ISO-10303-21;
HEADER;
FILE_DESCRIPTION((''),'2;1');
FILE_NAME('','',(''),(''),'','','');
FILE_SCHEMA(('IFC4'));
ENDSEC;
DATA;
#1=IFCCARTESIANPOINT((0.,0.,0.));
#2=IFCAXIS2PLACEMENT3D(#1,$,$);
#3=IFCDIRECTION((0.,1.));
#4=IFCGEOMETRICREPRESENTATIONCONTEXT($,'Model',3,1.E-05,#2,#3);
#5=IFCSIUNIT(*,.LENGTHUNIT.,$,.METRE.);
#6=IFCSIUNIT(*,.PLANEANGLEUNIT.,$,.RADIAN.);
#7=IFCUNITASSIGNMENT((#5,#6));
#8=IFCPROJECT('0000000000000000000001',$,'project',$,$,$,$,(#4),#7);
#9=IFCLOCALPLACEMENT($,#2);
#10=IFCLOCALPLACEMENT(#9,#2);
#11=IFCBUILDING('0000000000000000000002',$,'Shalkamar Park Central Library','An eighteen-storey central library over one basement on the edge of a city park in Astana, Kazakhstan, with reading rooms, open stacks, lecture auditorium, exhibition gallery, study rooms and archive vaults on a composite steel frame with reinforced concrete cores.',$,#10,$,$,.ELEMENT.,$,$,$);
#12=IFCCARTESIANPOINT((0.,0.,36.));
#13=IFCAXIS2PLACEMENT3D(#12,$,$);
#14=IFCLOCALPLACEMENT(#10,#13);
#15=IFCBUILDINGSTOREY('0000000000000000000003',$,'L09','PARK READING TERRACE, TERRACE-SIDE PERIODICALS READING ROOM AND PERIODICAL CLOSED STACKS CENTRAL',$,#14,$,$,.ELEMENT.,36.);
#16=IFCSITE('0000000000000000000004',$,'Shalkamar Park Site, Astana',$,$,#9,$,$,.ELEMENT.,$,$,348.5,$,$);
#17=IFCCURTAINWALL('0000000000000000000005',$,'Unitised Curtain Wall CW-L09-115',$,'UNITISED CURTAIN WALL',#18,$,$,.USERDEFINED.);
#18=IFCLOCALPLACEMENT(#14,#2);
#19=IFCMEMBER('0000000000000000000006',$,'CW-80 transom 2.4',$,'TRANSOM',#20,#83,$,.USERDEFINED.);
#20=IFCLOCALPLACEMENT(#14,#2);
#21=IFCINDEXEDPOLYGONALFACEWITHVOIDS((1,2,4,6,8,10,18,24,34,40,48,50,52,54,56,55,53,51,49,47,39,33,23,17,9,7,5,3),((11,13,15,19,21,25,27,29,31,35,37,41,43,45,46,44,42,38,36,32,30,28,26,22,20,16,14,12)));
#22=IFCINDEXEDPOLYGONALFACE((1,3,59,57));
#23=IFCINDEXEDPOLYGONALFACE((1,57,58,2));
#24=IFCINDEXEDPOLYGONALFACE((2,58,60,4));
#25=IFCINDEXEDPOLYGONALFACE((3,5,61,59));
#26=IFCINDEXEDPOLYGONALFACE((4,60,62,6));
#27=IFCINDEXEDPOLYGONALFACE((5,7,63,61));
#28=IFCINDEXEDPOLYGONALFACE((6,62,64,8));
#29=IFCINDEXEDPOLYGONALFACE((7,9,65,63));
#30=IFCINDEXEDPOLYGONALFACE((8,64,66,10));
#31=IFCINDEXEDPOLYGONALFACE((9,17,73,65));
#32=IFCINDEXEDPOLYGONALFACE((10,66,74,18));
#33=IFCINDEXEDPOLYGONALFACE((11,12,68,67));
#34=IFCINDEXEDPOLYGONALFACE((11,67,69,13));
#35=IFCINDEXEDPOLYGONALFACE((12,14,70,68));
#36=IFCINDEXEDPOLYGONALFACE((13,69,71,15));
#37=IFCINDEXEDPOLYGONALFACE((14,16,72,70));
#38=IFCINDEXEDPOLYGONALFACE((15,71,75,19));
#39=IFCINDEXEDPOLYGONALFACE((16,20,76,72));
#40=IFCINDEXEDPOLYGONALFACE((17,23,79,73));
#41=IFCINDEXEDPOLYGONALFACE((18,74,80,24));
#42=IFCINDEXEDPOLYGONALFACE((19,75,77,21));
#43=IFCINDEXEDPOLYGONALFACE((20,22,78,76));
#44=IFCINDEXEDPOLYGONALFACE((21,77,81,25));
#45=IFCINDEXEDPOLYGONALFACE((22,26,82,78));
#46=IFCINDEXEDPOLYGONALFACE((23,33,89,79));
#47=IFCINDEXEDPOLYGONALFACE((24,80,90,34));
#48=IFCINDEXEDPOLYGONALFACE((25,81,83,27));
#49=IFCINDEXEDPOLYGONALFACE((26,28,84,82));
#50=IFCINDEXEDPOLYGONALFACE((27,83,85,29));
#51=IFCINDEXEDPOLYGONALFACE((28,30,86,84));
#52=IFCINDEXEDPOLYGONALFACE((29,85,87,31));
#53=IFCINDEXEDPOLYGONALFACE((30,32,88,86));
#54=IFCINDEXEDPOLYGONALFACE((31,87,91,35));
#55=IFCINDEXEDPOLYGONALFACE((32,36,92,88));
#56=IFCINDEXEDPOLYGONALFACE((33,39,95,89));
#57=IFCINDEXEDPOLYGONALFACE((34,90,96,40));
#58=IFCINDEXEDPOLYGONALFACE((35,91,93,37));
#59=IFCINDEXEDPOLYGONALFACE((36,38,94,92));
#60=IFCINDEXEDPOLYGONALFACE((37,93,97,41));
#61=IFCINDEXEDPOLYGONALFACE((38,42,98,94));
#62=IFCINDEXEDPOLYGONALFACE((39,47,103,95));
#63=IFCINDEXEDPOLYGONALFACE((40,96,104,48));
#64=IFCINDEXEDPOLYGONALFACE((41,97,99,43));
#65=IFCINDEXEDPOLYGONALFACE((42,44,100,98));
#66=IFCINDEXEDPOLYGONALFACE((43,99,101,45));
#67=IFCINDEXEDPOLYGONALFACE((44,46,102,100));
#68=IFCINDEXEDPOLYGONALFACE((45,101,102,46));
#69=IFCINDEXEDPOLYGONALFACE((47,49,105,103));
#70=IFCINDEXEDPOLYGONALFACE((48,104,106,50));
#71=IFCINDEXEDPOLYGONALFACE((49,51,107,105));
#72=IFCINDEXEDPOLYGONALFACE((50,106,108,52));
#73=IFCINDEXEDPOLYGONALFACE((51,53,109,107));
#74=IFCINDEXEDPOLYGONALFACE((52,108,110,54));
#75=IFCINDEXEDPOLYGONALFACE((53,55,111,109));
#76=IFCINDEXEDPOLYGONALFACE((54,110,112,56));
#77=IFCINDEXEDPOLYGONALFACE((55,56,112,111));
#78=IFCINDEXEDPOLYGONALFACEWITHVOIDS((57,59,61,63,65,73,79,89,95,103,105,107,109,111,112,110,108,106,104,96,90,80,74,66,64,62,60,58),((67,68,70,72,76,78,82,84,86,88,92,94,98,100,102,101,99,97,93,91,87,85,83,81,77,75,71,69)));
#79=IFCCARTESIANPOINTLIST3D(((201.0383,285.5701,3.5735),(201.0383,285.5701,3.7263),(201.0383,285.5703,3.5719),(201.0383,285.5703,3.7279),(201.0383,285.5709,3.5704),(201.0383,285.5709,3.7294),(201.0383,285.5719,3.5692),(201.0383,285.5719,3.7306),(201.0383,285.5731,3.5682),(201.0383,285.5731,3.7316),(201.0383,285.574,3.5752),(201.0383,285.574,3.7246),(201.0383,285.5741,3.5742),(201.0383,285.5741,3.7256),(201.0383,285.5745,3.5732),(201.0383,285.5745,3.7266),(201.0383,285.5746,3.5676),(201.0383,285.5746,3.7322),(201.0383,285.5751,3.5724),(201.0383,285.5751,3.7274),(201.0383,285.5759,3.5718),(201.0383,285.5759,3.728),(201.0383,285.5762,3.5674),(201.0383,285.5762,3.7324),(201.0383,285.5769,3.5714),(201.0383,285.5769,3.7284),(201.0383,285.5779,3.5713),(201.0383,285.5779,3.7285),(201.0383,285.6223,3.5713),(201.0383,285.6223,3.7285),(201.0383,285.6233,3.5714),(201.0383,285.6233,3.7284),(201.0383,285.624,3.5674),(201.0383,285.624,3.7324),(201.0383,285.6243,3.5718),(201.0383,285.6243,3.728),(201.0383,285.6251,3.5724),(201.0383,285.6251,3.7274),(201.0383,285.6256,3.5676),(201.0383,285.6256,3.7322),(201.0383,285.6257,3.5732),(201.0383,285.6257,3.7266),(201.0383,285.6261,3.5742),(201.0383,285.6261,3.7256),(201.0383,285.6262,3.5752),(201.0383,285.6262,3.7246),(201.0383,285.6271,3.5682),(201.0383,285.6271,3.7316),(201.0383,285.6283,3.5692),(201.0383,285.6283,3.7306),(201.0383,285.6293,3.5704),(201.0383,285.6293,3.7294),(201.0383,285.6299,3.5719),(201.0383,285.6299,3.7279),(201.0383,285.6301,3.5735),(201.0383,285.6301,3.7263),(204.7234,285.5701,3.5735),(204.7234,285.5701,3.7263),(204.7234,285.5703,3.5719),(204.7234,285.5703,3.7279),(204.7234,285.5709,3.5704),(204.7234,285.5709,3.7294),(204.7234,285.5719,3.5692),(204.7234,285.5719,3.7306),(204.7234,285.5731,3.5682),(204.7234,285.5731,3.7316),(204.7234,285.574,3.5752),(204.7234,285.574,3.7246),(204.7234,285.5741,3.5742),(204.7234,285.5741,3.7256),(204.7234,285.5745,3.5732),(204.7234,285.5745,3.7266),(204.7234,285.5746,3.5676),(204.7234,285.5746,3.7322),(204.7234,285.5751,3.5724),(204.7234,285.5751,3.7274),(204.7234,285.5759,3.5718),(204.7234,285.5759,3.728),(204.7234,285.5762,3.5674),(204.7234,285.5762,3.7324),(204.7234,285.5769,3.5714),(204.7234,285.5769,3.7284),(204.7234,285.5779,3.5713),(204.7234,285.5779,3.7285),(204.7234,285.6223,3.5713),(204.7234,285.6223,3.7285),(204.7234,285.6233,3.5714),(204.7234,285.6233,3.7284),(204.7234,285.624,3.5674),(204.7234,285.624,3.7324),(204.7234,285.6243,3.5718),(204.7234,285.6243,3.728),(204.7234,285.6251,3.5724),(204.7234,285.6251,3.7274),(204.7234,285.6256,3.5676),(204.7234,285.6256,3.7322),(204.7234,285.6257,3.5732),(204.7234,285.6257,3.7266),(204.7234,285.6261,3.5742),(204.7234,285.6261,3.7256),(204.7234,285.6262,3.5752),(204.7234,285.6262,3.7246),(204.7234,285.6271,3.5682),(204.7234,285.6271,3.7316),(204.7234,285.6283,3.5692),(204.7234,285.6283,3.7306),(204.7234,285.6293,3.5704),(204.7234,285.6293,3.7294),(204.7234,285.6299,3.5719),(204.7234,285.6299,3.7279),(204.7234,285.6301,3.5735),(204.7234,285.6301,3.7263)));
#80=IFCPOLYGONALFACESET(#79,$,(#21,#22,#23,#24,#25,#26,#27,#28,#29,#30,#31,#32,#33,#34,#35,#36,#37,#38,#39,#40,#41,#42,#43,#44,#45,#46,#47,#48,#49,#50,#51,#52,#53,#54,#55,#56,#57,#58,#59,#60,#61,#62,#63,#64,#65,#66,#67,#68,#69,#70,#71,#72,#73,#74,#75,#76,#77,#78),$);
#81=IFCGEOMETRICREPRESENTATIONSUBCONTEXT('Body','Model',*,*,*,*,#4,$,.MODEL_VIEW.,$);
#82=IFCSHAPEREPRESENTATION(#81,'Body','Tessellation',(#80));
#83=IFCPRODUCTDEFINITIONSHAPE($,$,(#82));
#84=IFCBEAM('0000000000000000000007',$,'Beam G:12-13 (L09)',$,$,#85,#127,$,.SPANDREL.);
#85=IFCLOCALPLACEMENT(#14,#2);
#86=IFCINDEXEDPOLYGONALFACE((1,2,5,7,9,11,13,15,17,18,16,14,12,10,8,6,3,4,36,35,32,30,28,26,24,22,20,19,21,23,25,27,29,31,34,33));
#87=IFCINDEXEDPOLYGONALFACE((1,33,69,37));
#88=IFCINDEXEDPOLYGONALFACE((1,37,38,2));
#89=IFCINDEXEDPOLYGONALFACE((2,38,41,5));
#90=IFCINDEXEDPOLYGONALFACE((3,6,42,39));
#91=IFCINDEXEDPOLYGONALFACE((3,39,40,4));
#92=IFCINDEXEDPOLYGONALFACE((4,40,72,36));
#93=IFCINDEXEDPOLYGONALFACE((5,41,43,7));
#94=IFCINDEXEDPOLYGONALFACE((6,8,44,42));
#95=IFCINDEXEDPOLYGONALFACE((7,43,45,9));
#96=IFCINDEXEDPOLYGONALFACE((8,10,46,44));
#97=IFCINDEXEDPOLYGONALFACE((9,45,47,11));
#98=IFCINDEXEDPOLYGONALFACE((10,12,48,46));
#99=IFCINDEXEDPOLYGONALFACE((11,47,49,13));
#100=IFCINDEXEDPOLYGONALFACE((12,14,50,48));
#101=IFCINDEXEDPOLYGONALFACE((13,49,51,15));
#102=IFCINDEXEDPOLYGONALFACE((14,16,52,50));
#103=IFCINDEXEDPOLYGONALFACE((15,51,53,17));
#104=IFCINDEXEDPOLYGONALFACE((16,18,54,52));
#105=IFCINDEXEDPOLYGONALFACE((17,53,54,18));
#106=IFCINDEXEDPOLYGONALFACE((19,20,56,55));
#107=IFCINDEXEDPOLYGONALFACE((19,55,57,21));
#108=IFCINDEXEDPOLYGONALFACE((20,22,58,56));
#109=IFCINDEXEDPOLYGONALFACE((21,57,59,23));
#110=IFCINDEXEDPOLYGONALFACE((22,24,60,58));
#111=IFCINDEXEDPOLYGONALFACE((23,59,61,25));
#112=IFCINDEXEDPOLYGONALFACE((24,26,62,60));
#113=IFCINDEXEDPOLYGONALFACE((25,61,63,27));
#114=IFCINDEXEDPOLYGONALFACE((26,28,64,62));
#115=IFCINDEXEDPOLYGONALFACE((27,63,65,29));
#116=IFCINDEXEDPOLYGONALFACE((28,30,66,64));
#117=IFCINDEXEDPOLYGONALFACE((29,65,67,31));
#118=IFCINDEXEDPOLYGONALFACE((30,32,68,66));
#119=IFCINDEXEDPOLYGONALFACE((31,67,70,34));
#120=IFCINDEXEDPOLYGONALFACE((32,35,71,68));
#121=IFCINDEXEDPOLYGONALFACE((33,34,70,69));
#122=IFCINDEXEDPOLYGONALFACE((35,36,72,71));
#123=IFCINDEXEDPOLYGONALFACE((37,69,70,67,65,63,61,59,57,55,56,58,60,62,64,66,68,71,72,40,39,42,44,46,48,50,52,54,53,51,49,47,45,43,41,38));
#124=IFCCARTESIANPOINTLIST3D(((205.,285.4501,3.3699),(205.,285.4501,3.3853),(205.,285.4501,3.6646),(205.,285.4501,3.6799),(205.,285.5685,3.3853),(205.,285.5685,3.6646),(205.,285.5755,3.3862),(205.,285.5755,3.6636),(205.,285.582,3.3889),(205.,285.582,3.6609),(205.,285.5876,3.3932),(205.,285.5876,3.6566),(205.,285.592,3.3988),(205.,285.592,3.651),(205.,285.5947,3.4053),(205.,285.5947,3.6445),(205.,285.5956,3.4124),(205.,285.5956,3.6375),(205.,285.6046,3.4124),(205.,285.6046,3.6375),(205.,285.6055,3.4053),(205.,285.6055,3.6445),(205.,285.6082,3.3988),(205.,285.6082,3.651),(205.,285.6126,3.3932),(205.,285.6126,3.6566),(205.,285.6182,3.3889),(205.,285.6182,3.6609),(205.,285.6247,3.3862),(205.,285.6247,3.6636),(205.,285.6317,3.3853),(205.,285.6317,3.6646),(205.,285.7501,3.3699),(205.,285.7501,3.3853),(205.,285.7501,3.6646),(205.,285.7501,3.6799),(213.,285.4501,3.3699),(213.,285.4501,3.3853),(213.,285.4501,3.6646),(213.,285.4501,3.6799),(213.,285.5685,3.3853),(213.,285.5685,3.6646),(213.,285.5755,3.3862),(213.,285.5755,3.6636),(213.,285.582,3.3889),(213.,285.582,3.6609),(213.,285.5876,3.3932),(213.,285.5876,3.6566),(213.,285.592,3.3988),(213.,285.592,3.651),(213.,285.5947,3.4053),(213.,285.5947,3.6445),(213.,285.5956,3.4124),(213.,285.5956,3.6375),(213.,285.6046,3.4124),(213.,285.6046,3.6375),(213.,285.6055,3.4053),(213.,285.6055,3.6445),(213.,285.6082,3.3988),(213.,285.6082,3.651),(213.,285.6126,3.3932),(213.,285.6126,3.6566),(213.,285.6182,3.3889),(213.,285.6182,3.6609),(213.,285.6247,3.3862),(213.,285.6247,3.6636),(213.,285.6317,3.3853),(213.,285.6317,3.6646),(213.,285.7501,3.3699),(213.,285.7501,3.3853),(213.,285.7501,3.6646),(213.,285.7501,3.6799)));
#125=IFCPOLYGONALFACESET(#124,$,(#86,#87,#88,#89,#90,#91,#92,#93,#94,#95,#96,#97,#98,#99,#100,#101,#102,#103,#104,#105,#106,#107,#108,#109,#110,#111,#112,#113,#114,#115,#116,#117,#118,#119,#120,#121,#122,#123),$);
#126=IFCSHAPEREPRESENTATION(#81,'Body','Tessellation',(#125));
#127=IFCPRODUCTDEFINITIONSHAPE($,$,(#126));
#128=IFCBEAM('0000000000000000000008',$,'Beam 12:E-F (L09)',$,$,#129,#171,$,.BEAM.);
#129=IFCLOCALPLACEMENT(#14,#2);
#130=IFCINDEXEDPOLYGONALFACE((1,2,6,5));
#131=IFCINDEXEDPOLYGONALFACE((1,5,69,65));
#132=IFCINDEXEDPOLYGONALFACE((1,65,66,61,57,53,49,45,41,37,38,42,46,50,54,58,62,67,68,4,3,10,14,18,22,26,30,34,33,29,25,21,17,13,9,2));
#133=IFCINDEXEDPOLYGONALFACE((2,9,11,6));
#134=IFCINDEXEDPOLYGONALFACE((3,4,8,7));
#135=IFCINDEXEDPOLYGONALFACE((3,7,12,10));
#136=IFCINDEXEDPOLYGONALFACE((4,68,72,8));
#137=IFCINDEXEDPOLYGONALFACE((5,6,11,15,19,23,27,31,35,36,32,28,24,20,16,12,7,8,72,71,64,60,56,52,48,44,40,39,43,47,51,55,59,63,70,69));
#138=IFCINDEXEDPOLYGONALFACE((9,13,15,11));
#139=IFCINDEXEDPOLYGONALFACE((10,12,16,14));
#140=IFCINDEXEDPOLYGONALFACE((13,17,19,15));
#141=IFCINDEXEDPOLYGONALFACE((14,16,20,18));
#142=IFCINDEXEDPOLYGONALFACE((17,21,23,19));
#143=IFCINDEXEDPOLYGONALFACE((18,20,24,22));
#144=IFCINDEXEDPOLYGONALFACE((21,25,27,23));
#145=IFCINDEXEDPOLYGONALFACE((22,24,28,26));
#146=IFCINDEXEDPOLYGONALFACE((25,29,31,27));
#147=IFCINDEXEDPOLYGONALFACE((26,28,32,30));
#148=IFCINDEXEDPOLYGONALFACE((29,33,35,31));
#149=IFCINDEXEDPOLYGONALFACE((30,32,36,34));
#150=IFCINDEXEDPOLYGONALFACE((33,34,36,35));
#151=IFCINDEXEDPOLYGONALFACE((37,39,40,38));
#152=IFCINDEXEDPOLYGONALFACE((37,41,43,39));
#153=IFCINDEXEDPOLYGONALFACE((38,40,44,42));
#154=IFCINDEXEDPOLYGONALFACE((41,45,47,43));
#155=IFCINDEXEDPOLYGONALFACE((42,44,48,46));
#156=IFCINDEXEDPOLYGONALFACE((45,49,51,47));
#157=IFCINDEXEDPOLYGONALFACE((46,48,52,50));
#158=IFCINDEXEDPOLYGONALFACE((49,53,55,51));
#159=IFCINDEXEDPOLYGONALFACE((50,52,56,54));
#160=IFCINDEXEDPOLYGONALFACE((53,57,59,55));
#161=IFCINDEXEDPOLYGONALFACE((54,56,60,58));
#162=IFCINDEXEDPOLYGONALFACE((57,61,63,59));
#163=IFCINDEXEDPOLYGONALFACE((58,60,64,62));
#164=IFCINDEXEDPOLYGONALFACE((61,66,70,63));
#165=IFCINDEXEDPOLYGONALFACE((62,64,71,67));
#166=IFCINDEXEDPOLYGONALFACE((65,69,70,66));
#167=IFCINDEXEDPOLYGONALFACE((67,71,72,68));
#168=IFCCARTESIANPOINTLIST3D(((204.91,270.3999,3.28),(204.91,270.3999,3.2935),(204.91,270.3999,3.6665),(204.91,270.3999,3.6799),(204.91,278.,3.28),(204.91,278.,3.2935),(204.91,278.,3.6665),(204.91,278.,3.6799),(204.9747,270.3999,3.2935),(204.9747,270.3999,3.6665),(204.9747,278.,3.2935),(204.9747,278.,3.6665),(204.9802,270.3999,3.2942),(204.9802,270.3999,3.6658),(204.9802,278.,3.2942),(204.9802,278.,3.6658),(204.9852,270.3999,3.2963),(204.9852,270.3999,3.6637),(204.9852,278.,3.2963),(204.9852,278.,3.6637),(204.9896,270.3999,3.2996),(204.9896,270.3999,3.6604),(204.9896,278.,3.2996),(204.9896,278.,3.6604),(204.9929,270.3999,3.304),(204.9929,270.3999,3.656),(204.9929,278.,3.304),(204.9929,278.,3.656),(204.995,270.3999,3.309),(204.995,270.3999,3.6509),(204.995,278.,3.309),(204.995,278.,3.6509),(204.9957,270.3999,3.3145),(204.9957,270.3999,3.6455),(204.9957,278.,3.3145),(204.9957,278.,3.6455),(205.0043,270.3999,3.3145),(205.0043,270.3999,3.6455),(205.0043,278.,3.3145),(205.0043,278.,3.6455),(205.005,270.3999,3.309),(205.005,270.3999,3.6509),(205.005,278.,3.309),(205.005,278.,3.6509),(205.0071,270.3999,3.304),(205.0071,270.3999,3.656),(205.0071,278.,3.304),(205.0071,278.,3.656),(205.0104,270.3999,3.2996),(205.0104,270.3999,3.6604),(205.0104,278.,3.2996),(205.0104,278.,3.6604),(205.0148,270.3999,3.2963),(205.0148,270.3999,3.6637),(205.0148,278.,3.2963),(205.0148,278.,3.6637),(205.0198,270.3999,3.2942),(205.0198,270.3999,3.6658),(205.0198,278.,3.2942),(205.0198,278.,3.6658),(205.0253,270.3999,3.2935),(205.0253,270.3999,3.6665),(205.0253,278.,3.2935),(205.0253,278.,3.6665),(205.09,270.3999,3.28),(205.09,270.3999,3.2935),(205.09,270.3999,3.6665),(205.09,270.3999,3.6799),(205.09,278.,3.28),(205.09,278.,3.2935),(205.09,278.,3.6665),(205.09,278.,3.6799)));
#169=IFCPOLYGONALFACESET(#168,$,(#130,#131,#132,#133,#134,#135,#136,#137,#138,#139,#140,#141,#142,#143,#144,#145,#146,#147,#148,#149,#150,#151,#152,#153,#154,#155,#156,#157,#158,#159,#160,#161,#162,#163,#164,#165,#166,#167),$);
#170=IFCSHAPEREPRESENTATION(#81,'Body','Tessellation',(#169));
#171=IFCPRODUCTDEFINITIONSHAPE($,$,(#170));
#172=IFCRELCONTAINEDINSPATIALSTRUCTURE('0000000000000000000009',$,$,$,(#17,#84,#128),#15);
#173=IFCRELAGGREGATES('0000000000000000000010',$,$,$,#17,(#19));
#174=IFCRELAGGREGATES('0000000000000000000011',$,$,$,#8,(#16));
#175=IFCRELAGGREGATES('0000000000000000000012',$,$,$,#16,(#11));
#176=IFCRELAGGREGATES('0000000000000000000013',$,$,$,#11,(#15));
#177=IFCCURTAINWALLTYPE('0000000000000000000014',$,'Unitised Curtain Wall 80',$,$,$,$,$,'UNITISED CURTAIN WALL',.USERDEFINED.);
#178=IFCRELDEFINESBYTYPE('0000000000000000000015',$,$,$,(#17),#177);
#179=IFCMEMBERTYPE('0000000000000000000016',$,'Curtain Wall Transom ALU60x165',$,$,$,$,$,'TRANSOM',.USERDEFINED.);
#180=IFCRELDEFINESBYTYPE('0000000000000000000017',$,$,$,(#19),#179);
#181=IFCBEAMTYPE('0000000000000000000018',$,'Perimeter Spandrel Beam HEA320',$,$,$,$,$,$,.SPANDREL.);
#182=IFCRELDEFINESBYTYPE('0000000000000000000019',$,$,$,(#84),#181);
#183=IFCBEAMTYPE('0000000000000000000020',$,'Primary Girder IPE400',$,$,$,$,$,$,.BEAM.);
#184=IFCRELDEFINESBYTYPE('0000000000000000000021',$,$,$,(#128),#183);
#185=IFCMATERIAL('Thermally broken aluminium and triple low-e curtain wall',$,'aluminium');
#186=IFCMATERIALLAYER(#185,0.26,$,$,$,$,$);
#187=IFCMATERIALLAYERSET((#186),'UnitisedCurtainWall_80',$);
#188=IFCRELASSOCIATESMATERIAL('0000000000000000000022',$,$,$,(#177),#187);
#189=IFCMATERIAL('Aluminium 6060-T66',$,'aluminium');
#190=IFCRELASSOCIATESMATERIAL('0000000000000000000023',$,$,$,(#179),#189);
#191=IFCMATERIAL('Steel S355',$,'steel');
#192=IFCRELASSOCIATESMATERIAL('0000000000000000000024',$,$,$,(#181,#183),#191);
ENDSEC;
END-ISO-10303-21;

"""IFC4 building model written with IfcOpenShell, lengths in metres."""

from ifc_helpers import new_model, si_unit, direction, frame, origin, origin_2d, place, context, subcontext, project, spatial, hollow_rectangle, i_section, extrude, material, layer, layer_set, material_profile, profile_set, type_object, element, aggregate, save


model = new_model("IFC4")

# Units and contexts
model_context = context("Model", 3, precision=1e-05, world=origin(), true_north=direction((0.0, 1.0)))
body_context = subcontext(model_context, "Body", "Model", "MODEL_VIEW")
ifc_project = project(units=[si_unit("LENGTHUNIT", "METRE"), si_unit("PLANEANGLEUNIT", "RADIAN")], contexts=[model_context])

# Site, building, storey
site_placement = place(None, origin())
site = spatial("IfcSite", under=ifc_project, at=site_placement, Name="Shalkamar Park Site, Astana", CompositionType="ELEMENT", RefElevation=348.5)
building_placement = place(site_placement, origin())
building = spatial("IfcBuilding", under=site, at=building_placement, Name="Shalkamar Park Central Library", Description="An eighteen-storey central library over one basement on the edge of a city park in Astana, Kazakhstan, with reading rooms, open stacks, lecture auditorium, exhibition gallery, study rooms and archive vaults on a composite steel frame with reinforced concrete cores.", CompositionType="ELEMENT")
storey_placement = place(building_placement, frame((0.0, 0.0, 36.0)))
storey = spatial("IfcBuildingStorey", under=building, at=storey_placement, Name="L09", Description="PARK READING TERRACE, TERRACE-SIDE PERIODICALS READING ROOM AND PERIODICAL CLOSED STACKS CENTRAL", CompositionType="ELEMENT", Elevation=36.0)

# Shared definitions
ifc_material_1 = material(Name="Steel S355", Category="steel")

# Curtain wall, member
ifc_material_2 = material(Name="Thermally broken aluminium and triple low-e curtain wall", Category="aluminium")
ifc_layer_1 = layer(ifc_material_2, 0.26)
ifc_layer_set_1 = layer_set([ifc_layer_1], Name="UnitisedCurtainWall_80")
curtain_wall_type = type_object("IfcCurtainWallType", Name="Unitised Curtain Wall 80", ElementType="UNITISED CURTAIN WALL", PredefinedType="USERDEFINED", material=ifc_layer_set_1)
curtain_wall_placement = place(storey_placement, origin())
curtain_wall = element("IfcCurtainWall", 1, at=curtain_wall_placement, inside=storey, type_object=curtain_wall_type, Name="Unitised Curtain Wall CW-L09-115", ObjectType="UNITISED CURTAIN WALL", PredefinedType="USERDEFINED")
ifc_material_3 = material(Name="Aluminium 6060-T66", Category="aluminium")
ifc_material_profile_1 = material_profile(ifc_material_3, hollow_rectangle(XDim=0.0601, YDim=0.165, WallThickness=0.0039, InnerFilletRadius=0.0039, OuterFilletRadius=0.0061, at=origin_2d()), Name="ALU 60x165x4")
ifc_profile_set_1 = profile_set([ifc_material_profile_1], Name="Aluminium 6060-T66")
member_type_1 = type_object("IfcMemberType", Name="Curtain Wall Transom ALU60x165", ElementType="TRANSOM", PredefinedType="USERDEFINED", material=ifc_profile_set_1)
member_1_placement = place(storey_placement, frame((201.0383, 285.6001, 3.6499), z_axis=(1.0, 0.0, 0.0), x_axis=(0.0, 1.0, 0.0)))
member_1 = element("IfcMember", 2, at=member_1_placement, type_object=member_type_1, Name="CW-80 transom 2.4", ObjectType="TRANSOM", PredefinedType="USERDEFINED", context=body_context, shape_type="SweptSolid", body=[
    extrude(hollow_rectangle(XDim=0.0601, YDim=0.165, WallThickness=0.0039, InnerFilletRadius=0.0039, OuterFilletRadius=0.0061, at=origin_2d()), origin(), (0.0, 0.0, 1.0), 3.6851),
])

# Beams
ifc_material_profile_2 = material_profile(ifc_material_1, i_section(OverallWidth=0.3, OverallDepth=0.3101, WebThickness=0.009, FlangeThickness=0.0154, FilletRadius=0.0271, at=origin_2d()), Name="HEA 320")
ifc_profile_set_2 = profile_set([ifc_material_profile_2], Name="Steel S355")
beam_type_1 = type_object("IfcBeamType", Name="Perimeter Spandrel Beam HEA320", PredefinedType="SPANDREL", material=ifc_profile_set_2)
beam_1_placement = place(storey_placement, frame((205.0, 285.6001, 3.5249), z_axis=(1.0, 0.0, 0.0), x_axis=(0.0, 1.0, 0.0)))
element("IfcBeam", 3, at=beam_1_placement, inside=storey, type_object=beam_type_1, Name="Beam G:12-13 (L09)", PredefinedType="SPANDREL", context=body_context, shape_type="SweptSolid", body=[
    extrude(i_section(OverallWidth=0.3, OverallDepth=0.3101, WebThickness=0.009, FlangeThickness=0.0154, FilletRadius=0.0271, at=origin_2d()), origin(), (0.0, 0.0, 1.0), 8.0),
])
ifc_material_profile_3 = material_profile(ifc_material_1, i_section(OverallWidth=0.1799, OverallDepth=0.3999, WebThickness=0.0085, FlangeThickness=0.0134, FilletRadius=0.021, at=origin_2d()), Name="IPE 400")
ifc_profile_set_3 = profile_set([ifc_material_profile_3], Name="Steel S355")
beam_type_2 = type_object("IfcBeamType", Name="Primary Girder IPE400", PredefinedType="BEAM", material=ifc_profile_set_3)
for number, where, z_axis, x_axis, name in (
    (4, (205.0, 270.3999, 3.48), (0.0, 1.0, 0.0), (-1.0, 0.0, 0.0), "Beam 12:E-F (L09)"),
):
    element("IfcBeam", number, at=place(storey_placement, frame(where, z_axis=z_axis, x_axis=x_axis)), inside=storey, type_object=beam_type_2, Name=name, PredefinedType="BEAM", context=body_context, shape_type="SweptSolid", body=[
        extrude(i_section(OverallWidth=0.1799, OverallDepth=0.3999, WebThickness=0.0085, FlangeThickness=0.0134, FilletRadius=0.021, at=origin_2d()), origin(), (0.0, 0.0, 1.0), 7.6001),
    ])

aggregate(curtain_wall, [member_1])

save(model, "model.ifc")
